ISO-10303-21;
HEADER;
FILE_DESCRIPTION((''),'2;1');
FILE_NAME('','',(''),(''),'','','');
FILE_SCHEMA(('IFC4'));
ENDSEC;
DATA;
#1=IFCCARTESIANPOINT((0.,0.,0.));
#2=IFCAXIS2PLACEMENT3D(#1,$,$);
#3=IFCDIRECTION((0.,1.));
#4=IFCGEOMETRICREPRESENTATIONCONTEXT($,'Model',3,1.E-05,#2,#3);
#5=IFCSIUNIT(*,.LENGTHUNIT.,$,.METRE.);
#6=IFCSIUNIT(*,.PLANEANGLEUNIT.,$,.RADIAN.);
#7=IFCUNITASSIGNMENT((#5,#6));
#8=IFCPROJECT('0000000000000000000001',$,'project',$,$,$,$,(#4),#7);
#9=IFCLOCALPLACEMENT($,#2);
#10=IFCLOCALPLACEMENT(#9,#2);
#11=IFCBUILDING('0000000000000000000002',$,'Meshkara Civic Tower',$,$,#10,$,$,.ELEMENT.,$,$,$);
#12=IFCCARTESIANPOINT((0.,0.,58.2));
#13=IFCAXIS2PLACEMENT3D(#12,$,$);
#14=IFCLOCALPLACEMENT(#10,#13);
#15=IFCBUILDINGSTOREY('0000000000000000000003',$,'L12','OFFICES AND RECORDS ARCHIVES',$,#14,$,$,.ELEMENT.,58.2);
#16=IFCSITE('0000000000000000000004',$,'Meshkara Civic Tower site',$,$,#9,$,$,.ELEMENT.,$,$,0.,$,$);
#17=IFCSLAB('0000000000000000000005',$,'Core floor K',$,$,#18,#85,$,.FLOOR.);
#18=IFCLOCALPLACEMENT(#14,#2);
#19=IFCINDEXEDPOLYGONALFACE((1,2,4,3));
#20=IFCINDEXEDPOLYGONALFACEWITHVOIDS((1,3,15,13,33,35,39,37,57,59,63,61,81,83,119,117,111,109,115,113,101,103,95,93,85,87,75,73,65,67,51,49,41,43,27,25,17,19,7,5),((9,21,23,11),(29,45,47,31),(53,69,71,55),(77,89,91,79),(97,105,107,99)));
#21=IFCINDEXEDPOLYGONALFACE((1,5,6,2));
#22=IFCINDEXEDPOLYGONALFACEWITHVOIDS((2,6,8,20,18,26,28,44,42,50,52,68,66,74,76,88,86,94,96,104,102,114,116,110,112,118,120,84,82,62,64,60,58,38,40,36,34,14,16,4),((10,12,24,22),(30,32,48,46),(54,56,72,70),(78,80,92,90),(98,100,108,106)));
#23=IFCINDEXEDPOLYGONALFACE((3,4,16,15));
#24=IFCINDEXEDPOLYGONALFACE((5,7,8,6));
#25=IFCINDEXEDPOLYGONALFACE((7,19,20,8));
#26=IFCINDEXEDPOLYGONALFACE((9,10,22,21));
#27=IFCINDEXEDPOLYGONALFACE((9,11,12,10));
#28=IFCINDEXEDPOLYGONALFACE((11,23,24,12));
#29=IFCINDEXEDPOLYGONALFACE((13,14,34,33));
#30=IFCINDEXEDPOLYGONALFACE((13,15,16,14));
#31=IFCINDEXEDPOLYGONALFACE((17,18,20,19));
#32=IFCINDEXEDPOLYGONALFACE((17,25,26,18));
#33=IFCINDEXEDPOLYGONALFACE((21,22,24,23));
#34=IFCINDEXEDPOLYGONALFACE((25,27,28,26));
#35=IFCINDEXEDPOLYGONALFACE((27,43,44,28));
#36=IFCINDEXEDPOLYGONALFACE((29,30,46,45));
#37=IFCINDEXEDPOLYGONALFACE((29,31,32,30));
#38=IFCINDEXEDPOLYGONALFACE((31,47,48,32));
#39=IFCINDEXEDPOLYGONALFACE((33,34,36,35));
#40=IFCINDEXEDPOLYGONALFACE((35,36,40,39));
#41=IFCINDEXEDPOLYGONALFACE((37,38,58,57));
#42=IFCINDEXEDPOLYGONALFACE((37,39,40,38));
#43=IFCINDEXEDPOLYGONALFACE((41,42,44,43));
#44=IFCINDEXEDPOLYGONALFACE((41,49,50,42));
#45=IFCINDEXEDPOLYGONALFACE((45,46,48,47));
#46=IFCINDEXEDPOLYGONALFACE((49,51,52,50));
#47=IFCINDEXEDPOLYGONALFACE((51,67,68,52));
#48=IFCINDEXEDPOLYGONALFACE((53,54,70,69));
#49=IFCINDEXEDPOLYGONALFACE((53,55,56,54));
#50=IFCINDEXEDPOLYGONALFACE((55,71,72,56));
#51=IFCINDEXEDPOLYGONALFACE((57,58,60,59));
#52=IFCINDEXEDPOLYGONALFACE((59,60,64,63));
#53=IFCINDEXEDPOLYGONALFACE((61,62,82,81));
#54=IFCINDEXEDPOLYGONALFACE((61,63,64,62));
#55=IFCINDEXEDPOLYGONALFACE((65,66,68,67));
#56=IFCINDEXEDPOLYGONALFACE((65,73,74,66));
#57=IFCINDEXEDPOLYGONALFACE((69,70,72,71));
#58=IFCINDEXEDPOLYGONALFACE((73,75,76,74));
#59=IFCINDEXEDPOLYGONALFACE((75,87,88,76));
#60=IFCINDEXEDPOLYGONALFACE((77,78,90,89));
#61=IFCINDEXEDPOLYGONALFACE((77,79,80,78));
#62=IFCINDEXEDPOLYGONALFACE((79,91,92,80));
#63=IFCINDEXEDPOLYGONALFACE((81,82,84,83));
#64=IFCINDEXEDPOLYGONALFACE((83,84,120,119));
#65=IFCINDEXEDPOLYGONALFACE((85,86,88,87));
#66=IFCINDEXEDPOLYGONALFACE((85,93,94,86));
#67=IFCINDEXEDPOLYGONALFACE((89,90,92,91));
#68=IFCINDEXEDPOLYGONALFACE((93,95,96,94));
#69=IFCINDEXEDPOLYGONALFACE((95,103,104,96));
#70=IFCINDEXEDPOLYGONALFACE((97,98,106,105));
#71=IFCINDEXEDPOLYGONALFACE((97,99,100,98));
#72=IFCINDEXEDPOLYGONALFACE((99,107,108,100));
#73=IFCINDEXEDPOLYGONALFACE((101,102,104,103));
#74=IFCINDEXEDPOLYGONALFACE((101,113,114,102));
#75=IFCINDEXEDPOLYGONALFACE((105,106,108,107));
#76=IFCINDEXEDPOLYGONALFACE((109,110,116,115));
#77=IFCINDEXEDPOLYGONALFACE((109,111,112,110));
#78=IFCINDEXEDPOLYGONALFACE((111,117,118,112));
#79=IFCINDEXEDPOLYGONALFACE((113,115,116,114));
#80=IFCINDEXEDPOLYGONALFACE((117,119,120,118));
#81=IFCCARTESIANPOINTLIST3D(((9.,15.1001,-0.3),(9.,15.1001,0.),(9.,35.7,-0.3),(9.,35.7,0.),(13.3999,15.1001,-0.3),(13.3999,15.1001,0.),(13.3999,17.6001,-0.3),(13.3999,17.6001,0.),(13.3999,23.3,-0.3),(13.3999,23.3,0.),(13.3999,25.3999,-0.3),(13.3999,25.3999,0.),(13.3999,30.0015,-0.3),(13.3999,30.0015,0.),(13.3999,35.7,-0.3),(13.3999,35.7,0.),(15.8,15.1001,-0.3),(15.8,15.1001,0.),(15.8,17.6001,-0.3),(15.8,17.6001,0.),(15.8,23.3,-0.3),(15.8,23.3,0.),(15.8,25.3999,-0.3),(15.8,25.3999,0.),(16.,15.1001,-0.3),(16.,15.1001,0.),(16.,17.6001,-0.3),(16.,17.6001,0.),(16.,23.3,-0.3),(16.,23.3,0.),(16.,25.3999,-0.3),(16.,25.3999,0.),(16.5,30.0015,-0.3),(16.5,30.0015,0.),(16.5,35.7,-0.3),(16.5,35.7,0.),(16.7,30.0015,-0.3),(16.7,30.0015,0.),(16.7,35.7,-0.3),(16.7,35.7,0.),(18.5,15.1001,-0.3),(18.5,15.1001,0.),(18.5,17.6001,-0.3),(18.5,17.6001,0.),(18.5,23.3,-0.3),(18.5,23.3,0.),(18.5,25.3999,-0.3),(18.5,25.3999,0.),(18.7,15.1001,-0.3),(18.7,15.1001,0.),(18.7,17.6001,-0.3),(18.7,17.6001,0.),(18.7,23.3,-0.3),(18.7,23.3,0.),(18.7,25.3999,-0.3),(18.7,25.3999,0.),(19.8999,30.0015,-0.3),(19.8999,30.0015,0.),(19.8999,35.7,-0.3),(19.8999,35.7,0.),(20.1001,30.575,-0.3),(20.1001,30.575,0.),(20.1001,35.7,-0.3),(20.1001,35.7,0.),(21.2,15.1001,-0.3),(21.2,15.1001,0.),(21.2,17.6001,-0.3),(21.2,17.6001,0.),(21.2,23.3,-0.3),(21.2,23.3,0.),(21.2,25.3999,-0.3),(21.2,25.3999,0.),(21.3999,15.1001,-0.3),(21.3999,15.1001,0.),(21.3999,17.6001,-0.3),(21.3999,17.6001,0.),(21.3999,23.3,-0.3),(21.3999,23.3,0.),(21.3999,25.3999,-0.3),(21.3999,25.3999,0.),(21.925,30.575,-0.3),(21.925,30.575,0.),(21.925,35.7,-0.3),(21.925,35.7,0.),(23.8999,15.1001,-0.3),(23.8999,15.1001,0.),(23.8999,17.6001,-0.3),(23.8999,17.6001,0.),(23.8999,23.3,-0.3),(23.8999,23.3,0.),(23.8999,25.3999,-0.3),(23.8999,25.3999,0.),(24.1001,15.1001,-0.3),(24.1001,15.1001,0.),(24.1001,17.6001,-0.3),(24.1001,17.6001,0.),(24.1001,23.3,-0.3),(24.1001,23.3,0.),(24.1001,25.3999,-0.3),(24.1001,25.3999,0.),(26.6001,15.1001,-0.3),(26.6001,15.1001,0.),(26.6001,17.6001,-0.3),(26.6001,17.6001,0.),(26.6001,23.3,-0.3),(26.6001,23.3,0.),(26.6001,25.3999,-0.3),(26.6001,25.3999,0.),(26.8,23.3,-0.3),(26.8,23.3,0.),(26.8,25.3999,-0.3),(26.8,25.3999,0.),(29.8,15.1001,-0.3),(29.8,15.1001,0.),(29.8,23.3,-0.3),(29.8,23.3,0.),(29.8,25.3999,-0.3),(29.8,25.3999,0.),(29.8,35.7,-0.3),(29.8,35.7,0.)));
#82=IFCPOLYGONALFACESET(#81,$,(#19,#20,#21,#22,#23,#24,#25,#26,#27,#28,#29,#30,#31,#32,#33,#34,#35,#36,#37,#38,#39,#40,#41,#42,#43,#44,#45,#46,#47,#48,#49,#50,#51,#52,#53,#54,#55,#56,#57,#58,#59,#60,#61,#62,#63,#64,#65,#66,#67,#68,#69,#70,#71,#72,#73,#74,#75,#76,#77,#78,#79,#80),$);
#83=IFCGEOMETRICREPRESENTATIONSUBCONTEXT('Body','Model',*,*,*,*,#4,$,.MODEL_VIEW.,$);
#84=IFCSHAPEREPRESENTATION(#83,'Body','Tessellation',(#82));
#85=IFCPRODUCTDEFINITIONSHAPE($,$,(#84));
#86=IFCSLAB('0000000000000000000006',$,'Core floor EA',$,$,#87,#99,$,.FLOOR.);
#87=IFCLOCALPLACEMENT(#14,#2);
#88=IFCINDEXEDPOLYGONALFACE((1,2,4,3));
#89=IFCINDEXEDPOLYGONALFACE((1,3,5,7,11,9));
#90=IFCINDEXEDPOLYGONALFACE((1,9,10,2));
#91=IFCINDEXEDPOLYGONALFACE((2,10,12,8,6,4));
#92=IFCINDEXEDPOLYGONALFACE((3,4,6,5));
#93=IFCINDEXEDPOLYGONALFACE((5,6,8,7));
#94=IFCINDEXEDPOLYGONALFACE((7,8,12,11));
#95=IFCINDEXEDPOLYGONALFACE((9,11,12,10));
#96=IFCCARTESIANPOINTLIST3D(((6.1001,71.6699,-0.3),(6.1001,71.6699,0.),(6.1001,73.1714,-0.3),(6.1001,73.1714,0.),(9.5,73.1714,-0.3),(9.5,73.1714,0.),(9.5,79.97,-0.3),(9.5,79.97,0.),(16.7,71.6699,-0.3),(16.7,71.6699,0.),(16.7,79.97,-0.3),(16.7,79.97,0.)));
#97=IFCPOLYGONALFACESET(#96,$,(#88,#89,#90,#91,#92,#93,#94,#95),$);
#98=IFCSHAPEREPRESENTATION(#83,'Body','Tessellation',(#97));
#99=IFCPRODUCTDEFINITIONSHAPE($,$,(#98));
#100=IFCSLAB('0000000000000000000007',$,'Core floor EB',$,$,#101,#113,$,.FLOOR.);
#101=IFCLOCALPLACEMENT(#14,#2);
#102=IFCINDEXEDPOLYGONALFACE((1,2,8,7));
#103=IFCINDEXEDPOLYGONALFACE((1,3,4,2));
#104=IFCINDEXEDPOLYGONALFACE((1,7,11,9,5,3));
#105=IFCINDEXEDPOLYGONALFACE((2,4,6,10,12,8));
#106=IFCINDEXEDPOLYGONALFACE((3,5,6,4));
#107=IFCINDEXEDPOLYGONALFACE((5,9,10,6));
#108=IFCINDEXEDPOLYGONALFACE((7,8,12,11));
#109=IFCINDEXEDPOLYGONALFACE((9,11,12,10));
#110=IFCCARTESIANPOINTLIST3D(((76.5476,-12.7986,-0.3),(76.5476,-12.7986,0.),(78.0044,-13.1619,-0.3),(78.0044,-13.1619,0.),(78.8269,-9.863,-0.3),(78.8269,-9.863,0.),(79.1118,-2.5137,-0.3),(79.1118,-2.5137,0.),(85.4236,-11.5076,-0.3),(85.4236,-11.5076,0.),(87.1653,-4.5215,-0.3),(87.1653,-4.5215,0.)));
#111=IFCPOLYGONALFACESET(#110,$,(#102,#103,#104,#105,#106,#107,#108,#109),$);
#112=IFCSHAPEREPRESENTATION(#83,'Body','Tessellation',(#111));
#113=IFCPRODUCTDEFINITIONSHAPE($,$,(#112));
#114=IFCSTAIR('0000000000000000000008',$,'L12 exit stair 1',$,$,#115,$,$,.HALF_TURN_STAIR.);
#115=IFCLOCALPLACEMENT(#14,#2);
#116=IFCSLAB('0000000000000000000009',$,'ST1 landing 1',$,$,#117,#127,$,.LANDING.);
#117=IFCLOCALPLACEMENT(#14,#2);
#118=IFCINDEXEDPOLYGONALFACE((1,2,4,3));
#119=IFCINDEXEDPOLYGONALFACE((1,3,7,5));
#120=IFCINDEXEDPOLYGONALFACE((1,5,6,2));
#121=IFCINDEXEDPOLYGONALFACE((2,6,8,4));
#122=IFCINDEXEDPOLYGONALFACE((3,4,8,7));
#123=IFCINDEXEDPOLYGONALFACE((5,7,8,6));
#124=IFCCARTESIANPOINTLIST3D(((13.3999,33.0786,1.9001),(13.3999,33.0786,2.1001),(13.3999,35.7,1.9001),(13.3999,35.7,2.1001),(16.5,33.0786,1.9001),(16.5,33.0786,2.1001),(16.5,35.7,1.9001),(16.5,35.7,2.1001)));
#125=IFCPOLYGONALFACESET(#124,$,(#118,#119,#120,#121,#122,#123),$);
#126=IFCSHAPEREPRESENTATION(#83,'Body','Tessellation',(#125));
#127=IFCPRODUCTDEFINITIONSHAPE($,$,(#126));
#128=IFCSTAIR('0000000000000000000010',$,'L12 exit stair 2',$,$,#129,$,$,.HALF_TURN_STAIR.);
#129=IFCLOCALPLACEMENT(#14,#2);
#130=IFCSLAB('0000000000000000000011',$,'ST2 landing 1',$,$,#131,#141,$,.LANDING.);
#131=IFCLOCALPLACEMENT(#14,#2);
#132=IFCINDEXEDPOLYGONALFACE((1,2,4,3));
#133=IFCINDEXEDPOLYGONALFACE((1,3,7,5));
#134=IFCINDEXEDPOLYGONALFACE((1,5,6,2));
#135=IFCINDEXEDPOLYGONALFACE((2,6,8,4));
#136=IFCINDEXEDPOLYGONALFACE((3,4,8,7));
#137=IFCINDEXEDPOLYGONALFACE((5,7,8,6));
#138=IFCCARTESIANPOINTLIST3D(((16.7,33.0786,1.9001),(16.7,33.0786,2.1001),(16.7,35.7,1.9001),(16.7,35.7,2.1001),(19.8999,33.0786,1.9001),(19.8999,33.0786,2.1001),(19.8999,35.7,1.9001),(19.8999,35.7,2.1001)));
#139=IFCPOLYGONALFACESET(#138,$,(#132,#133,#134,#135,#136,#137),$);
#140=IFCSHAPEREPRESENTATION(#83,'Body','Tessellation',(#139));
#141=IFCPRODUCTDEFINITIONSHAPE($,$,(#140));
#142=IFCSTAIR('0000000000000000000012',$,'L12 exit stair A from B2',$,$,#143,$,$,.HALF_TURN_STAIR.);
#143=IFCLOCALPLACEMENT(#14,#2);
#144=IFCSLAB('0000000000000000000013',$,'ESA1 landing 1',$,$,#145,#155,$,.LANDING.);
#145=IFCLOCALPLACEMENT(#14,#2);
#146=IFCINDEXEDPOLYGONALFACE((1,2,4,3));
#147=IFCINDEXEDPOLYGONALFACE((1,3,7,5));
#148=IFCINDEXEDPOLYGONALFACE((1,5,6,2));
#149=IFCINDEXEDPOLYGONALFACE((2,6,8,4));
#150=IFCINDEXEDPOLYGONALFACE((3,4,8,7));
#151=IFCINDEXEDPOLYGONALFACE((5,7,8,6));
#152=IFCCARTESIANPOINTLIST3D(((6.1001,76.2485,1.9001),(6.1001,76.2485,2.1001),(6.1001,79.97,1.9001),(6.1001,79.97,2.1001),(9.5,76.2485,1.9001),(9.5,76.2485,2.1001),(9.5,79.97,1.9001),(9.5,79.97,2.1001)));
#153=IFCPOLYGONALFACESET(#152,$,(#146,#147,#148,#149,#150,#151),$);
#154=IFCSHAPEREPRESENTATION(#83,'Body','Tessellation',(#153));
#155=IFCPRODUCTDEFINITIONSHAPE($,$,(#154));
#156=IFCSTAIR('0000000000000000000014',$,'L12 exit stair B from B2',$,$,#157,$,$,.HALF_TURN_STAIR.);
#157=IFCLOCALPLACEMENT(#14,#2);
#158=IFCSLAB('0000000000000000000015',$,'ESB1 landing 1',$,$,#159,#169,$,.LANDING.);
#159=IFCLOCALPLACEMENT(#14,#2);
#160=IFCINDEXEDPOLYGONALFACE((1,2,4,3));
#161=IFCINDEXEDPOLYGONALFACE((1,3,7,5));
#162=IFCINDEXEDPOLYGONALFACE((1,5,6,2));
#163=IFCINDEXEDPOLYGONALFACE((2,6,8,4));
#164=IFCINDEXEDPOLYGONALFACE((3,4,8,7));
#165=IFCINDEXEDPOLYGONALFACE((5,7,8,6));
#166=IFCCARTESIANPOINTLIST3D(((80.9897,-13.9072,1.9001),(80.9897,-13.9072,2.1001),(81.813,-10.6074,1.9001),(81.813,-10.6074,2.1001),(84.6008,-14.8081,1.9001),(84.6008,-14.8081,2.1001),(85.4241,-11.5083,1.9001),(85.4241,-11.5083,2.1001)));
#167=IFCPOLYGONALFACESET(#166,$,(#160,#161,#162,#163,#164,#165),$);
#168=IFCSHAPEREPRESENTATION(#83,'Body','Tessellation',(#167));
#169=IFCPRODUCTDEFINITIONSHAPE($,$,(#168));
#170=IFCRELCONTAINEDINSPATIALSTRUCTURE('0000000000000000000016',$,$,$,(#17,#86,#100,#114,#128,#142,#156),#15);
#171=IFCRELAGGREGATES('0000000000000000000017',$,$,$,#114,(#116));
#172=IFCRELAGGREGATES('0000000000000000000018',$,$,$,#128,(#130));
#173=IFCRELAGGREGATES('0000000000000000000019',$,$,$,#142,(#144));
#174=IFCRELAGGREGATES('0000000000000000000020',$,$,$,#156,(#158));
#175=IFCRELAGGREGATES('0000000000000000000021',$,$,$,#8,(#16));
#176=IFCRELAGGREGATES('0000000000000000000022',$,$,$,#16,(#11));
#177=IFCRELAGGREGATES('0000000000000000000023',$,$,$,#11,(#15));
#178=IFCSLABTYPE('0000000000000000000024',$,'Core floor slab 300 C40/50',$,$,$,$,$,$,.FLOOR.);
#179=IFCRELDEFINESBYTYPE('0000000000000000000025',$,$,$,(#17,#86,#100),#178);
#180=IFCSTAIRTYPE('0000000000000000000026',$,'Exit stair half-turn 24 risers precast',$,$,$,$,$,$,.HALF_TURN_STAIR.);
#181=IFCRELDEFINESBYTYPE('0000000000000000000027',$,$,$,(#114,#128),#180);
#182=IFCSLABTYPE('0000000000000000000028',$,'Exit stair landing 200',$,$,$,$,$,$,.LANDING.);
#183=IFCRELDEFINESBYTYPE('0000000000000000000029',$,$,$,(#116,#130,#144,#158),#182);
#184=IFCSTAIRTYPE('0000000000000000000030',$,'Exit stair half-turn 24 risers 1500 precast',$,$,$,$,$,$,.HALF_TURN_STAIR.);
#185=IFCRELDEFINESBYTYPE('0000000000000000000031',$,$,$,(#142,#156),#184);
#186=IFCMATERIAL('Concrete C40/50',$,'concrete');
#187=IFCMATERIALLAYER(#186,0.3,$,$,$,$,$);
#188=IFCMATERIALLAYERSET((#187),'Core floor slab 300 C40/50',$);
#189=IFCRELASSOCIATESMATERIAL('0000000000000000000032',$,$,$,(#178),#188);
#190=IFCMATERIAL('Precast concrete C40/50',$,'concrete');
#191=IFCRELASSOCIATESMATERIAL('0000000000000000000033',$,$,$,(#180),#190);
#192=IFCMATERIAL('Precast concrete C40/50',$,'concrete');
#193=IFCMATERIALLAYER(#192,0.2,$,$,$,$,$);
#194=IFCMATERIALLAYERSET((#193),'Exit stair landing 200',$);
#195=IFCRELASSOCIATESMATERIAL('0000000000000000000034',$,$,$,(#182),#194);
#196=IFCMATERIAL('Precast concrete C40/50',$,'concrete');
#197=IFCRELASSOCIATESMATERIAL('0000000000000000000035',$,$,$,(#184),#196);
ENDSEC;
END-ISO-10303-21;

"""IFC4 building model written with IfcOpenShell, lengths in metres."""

from ifc_helpers import new_model, si_unit, direction, frame, origin, place, context, subcontext, project, spatial, polyline, outline, extrude, material, layer, layer_set, type_object, element, aggregate, save


model = new_model("IFC4")

# Units and contexts
model_context = context("Model", 3, precision=1e-05, world=origin(), true_north=direction((0.0, 1.0)))
body_context = subcontext(model_context, "Body", "Model", "MODEL_VIEW")
ifc_project = project(units=[si_unit("LENGTHUNIT", "METRE"), si_unit("PLANEANGLEUNIT", "RADIAN")], contexts=[model_context])

# Site, building, storey
site_placement = place(None, origin())
site = spatial("IfcSite", under=ifc_project, at=site_placement, Name="Meshkara Civic Tower site", CompositionType="ELEMENT", RefElevation=0.0)
building_placement = place(site_placement, origin())
building = spatial("IfcBuilding", under=site, at=building_placement, Name="Meshkara Civic Tower", CompositionType="ELEMENT")
storey_placement = place(building_placement, frame((0.0, 0.0, 58.2)))
storey = spatial("IfcBuildingStorey", under=building, at=storey_placement, Name="L12", Description="OFFICES AND RECORDS ARCHIVES", CompositionType="ELEMENT", Elevation=58.2)

# Slabs
ifc_material_1 = material(Name="Concrete C40/50", Category="concrete")
ifc_layer_1 = layer(ifc_material_1, 0.3)
ifc_layer_set_1 = layer_set([ifc_layer_1], Name="Core floor slab 300 C40/50")
slab_type_1 = type_object("IfcSlabType", Name="Core floor slab 300 C40/50", PredefinedType="FLOOR", material=ifc_layer_set_1)
slab_1_placement = place(storey_placement, frame((0.0, 0.0, -0.3)))
element("IfcSlab", 1, at=slab_1_placement, inside=storey, type_object=slab_type_1, Name="Core floor K", PredefinedType="FLOOR", context=body_context, shape_type="SweptSolid", body=[
    extrude(outline(polyline([(9.0, 35.7), (13.3999, 35.7), (13.3999, 30.0015), (16.5, 30.0015), (16.5, 35.7), (16.7, 35.7), (16.7, 30.0015), (19.8999, 30.0015), (19.8999, 35.7), (20.1001, 35.7), (20.1001, 30.575), (21.925, 30.575), (21.925, 35.7), (29.8, 35.7), (29.8, 25.3999), (26.8, 25.3999), (26.8, 23.3), (29.8, 23.3), (29.8, 15.1001), (26.6001, 15.1001), (26.6001, 17.6001), (24.1001, 17.6001), (24.1001, 15.1001), (23.8999, 15.1001), (23.8999, 17.6001), (21.3999, 17.6001), (21.3999, 15.1001), (21.2, 15.1001), (21.2, 17.6001), (18.7, 17.6001), (18.7, 15.1001), (18.5, 15.1001), (18.5, 17.6001), (16.0, 17.6001), (16.0, 15.1001), (15.8, 15.1001), (15.8, 17.6001), (13.3999, 17.6001), (13.3999, 15.1001), (9.0, 15.1001), (9.0, 35.7)]), holes=[polyline([(13.3999, 25.3999), (13.3999, 23.3), (15.8, 23.3), (15.8, 25.3999), (13.3999, 25.3999)]), polyline([(18.5, 23.3), (18.5, 25.3999), (16.0, 25.3999), (16.0, 23.3), (18.5, 23.3)]), polyline([(18.7, 25.3999), (18.7, 23.3), (21.2, 23.3), (21.2, 25.3999), (18.7, 25.3999)]), polyline([(21.3999, 23.3), (23.8999, 23.3), (23.8999, 25.3999), (21.3999, 25.3999), (21.3999, 23.3)]), polyline([(26.6001, 25.3999), (24.1001, 25.3999), (24.1001, 23.3), (26.6001, 23.3), (26.6001, 25.3999)])]), origin(), (0.0, 0.0, 1.0), 0.3),
])
slab_2_placement = place(storey_placement, frame((0.0, 0.0, -0.3)))
element("IfcSlab", 2, at=slab_2_placement, inside=storey, type_object=slab_type_1, Name="Core floor EA", PredefinedType="FLOOR", context=body_context, shape_type="SweptSolid", body=[
    extrude(outline(polyline([(16.7, 71.6699), (16.7, 79.97), (9.5, 79.97), (9.5, 73.1714), (6.1001, 73.1714), (6.1001, 71.6699), (16.7, 71.6699)])), origin(), (0.0, 0.0, 1.0), 0.3),
])
slab_3_placement = place(storey_placement, frame((0.0, 0.0, -0.3)))
element("IfcSlab", 3, at=slab_3_placement, inside=storey, type_object=slab_type_1, Name="Core floor EB", PredefinedType="FLOOR", context=body_context, shape_type="SweptSolid", body=[
    extrude(outline(polyline([(79.1118, -2.5137), (87.1653, -4.5215), (85.4236, -11.5076), (78.8269, -9.863), (78.0044, -13.1619), (76.5476, -12.7986), (79.1118, -2.5137)])), origin(), (0.0, 0.0, 1.0), 0.3),
])

# Stairs, slabs
ifc_material_2 = material(Name="Precast concrete C40/50", Category="concrete")
stair_type_1 = type_object("IfcStairType", Name="Exit stair half-turn 24 risers precast", PredefinedType="HALF_TURN_STAIR", material=ifc_material_2)
stair_1_placement = place(storey_placement, origin())
stair_1 = element("IfcStair", 4, at=stair_1_placement, inside=storey, type_object=stair_type_1, Name="L12 exit stair 1", PredefinedType="HALF_TURN_STAIR")
ifc_material_3 = material(Name="Precast concrete C40/50", Category="concrete")
ifc_layer_2 = layer(ifc_material_3, 0.2)
ifc_layer_set_2 = layer_set([ifc_layer_2], Name="Exit stair landing 200")
slab_type_2 = type_object("IfcSlabType", Name="Exit stair landing 200", PredefinedType="LANDING", material=ifc_layer_set_2)
slab_4_placement = place(storey_placement, frame((0.0, 0.0, 1.9001)))
slab_4 = element("IfcSlab", 5, at=slab_4_placement, type_object=slab_type_2, Name="ST1 landing 1", PredefinedType="LANDING", context=body_context, shape_type="SweptSolid", body=[
    extrude(outline(polyline([(16.5, 33.0786), (16.5, 35.7), (13.3999, 35.7), (13.3999, 33.0786), (16.5, 33.0786)])), origin(), (0.0, 0.0, 1.0), 0.2),
])
aggregate(stair_1, [slab_4])
stair_2_placement = place(storey_placement, origin())
stair_2 = element("IfcStair", 6, at=stair_2_placement, inside=storey, type_object=stair_type_1, Name="L12 exit stair 2", PredefinedType="HALF_TURN_STAIR")
slab_5_placement = place(storey_placement, frame((0.0, 0.0, 1.9001)))
slab_5 = element("IfcSlab", 7, at=slab_5_placement, type_object=slab_type_2, Name="ST2 landing 1", PredefinedType="LANDING", context=body_context, shape_type="SweptSolid", body=[
    extrude(outline(polyline([(19.8999, 33.0786), (19.8999, 35.7), (16.7, 35.7), (16.7, 33.0786), (19.8999, 33.0786)])), origin(), (0.0, 0.0, 1.0), 0.2),
])
aggregate(stair_2, [slab_5])
ifc_material_4 = material(Name="Precast concrete C40/50", Category="concrete")
stair_type_2 = type_object("IfcStairType", Name="Exit stair half-turn 24 risers 1500 precast", PredefinedType="HALF_TURN_STAIR", material=ifc_material_4)
stair_3_placement = place(storey_placement, origin())
stair_3 = element("IfcStair", 8, at=stair_3_placement, inside=storey, type_object=stair_type_2, Name="L12 exit stair A from B2", PredefinedType="HALF_TURN_STAIR")
slab_6_placement = place(storey_placement, frame((0.0, 0.0, 1.9001)))
slab_6 = element("IfcSlab", 9, at=slab_6_placement, type_object=slab_type_2, Name="ESA1 landing 1", PredefinedType="LANDING", context=body_context, shape_type="SweptSolid", body=[
    extrude(outline(polyline([(9.5, 76.2485), (9.5, 79.97), (6.1001, 79.97), (6.1001, 76.2485), (9.5, 76.2485)])), origin(), (0.0, 0.0, 1.0), 0.2),
])
aggregate(stair_3, [slab_6])
stair_4_placement = place(storey_placement, origin())
stair_4 = element("IfcStair", 10, at=stair_4_placement, inside=storey, type_object=stair_type_2, Name="L12 exit stair B from B2", PredefinedType="HALF_TURN_STAIR")
slab_7_placement = place(storey_placement, frame((0.0, 0.0, 1.9001)))
slab_7 = element("IfcSlab", 11, at=slab_7_placement, type_object=slab_type_2, Name="ESB1 landing 1", PredefinedType="LANDING", context=body_context, shape_type="SweptSolid", body=[
    extrude(outline(polyline([(80.9897, -13.9072), (84.6008, -14.8081), (85.4241, -11.5083), (81.813, -10.6074), (80.9897, -13.9072)])), origin(), (0.0, 0.0, 1.0), 0.2),
])
aggregate(stair_4, [slab_7])

save(model, "model.ifc")
